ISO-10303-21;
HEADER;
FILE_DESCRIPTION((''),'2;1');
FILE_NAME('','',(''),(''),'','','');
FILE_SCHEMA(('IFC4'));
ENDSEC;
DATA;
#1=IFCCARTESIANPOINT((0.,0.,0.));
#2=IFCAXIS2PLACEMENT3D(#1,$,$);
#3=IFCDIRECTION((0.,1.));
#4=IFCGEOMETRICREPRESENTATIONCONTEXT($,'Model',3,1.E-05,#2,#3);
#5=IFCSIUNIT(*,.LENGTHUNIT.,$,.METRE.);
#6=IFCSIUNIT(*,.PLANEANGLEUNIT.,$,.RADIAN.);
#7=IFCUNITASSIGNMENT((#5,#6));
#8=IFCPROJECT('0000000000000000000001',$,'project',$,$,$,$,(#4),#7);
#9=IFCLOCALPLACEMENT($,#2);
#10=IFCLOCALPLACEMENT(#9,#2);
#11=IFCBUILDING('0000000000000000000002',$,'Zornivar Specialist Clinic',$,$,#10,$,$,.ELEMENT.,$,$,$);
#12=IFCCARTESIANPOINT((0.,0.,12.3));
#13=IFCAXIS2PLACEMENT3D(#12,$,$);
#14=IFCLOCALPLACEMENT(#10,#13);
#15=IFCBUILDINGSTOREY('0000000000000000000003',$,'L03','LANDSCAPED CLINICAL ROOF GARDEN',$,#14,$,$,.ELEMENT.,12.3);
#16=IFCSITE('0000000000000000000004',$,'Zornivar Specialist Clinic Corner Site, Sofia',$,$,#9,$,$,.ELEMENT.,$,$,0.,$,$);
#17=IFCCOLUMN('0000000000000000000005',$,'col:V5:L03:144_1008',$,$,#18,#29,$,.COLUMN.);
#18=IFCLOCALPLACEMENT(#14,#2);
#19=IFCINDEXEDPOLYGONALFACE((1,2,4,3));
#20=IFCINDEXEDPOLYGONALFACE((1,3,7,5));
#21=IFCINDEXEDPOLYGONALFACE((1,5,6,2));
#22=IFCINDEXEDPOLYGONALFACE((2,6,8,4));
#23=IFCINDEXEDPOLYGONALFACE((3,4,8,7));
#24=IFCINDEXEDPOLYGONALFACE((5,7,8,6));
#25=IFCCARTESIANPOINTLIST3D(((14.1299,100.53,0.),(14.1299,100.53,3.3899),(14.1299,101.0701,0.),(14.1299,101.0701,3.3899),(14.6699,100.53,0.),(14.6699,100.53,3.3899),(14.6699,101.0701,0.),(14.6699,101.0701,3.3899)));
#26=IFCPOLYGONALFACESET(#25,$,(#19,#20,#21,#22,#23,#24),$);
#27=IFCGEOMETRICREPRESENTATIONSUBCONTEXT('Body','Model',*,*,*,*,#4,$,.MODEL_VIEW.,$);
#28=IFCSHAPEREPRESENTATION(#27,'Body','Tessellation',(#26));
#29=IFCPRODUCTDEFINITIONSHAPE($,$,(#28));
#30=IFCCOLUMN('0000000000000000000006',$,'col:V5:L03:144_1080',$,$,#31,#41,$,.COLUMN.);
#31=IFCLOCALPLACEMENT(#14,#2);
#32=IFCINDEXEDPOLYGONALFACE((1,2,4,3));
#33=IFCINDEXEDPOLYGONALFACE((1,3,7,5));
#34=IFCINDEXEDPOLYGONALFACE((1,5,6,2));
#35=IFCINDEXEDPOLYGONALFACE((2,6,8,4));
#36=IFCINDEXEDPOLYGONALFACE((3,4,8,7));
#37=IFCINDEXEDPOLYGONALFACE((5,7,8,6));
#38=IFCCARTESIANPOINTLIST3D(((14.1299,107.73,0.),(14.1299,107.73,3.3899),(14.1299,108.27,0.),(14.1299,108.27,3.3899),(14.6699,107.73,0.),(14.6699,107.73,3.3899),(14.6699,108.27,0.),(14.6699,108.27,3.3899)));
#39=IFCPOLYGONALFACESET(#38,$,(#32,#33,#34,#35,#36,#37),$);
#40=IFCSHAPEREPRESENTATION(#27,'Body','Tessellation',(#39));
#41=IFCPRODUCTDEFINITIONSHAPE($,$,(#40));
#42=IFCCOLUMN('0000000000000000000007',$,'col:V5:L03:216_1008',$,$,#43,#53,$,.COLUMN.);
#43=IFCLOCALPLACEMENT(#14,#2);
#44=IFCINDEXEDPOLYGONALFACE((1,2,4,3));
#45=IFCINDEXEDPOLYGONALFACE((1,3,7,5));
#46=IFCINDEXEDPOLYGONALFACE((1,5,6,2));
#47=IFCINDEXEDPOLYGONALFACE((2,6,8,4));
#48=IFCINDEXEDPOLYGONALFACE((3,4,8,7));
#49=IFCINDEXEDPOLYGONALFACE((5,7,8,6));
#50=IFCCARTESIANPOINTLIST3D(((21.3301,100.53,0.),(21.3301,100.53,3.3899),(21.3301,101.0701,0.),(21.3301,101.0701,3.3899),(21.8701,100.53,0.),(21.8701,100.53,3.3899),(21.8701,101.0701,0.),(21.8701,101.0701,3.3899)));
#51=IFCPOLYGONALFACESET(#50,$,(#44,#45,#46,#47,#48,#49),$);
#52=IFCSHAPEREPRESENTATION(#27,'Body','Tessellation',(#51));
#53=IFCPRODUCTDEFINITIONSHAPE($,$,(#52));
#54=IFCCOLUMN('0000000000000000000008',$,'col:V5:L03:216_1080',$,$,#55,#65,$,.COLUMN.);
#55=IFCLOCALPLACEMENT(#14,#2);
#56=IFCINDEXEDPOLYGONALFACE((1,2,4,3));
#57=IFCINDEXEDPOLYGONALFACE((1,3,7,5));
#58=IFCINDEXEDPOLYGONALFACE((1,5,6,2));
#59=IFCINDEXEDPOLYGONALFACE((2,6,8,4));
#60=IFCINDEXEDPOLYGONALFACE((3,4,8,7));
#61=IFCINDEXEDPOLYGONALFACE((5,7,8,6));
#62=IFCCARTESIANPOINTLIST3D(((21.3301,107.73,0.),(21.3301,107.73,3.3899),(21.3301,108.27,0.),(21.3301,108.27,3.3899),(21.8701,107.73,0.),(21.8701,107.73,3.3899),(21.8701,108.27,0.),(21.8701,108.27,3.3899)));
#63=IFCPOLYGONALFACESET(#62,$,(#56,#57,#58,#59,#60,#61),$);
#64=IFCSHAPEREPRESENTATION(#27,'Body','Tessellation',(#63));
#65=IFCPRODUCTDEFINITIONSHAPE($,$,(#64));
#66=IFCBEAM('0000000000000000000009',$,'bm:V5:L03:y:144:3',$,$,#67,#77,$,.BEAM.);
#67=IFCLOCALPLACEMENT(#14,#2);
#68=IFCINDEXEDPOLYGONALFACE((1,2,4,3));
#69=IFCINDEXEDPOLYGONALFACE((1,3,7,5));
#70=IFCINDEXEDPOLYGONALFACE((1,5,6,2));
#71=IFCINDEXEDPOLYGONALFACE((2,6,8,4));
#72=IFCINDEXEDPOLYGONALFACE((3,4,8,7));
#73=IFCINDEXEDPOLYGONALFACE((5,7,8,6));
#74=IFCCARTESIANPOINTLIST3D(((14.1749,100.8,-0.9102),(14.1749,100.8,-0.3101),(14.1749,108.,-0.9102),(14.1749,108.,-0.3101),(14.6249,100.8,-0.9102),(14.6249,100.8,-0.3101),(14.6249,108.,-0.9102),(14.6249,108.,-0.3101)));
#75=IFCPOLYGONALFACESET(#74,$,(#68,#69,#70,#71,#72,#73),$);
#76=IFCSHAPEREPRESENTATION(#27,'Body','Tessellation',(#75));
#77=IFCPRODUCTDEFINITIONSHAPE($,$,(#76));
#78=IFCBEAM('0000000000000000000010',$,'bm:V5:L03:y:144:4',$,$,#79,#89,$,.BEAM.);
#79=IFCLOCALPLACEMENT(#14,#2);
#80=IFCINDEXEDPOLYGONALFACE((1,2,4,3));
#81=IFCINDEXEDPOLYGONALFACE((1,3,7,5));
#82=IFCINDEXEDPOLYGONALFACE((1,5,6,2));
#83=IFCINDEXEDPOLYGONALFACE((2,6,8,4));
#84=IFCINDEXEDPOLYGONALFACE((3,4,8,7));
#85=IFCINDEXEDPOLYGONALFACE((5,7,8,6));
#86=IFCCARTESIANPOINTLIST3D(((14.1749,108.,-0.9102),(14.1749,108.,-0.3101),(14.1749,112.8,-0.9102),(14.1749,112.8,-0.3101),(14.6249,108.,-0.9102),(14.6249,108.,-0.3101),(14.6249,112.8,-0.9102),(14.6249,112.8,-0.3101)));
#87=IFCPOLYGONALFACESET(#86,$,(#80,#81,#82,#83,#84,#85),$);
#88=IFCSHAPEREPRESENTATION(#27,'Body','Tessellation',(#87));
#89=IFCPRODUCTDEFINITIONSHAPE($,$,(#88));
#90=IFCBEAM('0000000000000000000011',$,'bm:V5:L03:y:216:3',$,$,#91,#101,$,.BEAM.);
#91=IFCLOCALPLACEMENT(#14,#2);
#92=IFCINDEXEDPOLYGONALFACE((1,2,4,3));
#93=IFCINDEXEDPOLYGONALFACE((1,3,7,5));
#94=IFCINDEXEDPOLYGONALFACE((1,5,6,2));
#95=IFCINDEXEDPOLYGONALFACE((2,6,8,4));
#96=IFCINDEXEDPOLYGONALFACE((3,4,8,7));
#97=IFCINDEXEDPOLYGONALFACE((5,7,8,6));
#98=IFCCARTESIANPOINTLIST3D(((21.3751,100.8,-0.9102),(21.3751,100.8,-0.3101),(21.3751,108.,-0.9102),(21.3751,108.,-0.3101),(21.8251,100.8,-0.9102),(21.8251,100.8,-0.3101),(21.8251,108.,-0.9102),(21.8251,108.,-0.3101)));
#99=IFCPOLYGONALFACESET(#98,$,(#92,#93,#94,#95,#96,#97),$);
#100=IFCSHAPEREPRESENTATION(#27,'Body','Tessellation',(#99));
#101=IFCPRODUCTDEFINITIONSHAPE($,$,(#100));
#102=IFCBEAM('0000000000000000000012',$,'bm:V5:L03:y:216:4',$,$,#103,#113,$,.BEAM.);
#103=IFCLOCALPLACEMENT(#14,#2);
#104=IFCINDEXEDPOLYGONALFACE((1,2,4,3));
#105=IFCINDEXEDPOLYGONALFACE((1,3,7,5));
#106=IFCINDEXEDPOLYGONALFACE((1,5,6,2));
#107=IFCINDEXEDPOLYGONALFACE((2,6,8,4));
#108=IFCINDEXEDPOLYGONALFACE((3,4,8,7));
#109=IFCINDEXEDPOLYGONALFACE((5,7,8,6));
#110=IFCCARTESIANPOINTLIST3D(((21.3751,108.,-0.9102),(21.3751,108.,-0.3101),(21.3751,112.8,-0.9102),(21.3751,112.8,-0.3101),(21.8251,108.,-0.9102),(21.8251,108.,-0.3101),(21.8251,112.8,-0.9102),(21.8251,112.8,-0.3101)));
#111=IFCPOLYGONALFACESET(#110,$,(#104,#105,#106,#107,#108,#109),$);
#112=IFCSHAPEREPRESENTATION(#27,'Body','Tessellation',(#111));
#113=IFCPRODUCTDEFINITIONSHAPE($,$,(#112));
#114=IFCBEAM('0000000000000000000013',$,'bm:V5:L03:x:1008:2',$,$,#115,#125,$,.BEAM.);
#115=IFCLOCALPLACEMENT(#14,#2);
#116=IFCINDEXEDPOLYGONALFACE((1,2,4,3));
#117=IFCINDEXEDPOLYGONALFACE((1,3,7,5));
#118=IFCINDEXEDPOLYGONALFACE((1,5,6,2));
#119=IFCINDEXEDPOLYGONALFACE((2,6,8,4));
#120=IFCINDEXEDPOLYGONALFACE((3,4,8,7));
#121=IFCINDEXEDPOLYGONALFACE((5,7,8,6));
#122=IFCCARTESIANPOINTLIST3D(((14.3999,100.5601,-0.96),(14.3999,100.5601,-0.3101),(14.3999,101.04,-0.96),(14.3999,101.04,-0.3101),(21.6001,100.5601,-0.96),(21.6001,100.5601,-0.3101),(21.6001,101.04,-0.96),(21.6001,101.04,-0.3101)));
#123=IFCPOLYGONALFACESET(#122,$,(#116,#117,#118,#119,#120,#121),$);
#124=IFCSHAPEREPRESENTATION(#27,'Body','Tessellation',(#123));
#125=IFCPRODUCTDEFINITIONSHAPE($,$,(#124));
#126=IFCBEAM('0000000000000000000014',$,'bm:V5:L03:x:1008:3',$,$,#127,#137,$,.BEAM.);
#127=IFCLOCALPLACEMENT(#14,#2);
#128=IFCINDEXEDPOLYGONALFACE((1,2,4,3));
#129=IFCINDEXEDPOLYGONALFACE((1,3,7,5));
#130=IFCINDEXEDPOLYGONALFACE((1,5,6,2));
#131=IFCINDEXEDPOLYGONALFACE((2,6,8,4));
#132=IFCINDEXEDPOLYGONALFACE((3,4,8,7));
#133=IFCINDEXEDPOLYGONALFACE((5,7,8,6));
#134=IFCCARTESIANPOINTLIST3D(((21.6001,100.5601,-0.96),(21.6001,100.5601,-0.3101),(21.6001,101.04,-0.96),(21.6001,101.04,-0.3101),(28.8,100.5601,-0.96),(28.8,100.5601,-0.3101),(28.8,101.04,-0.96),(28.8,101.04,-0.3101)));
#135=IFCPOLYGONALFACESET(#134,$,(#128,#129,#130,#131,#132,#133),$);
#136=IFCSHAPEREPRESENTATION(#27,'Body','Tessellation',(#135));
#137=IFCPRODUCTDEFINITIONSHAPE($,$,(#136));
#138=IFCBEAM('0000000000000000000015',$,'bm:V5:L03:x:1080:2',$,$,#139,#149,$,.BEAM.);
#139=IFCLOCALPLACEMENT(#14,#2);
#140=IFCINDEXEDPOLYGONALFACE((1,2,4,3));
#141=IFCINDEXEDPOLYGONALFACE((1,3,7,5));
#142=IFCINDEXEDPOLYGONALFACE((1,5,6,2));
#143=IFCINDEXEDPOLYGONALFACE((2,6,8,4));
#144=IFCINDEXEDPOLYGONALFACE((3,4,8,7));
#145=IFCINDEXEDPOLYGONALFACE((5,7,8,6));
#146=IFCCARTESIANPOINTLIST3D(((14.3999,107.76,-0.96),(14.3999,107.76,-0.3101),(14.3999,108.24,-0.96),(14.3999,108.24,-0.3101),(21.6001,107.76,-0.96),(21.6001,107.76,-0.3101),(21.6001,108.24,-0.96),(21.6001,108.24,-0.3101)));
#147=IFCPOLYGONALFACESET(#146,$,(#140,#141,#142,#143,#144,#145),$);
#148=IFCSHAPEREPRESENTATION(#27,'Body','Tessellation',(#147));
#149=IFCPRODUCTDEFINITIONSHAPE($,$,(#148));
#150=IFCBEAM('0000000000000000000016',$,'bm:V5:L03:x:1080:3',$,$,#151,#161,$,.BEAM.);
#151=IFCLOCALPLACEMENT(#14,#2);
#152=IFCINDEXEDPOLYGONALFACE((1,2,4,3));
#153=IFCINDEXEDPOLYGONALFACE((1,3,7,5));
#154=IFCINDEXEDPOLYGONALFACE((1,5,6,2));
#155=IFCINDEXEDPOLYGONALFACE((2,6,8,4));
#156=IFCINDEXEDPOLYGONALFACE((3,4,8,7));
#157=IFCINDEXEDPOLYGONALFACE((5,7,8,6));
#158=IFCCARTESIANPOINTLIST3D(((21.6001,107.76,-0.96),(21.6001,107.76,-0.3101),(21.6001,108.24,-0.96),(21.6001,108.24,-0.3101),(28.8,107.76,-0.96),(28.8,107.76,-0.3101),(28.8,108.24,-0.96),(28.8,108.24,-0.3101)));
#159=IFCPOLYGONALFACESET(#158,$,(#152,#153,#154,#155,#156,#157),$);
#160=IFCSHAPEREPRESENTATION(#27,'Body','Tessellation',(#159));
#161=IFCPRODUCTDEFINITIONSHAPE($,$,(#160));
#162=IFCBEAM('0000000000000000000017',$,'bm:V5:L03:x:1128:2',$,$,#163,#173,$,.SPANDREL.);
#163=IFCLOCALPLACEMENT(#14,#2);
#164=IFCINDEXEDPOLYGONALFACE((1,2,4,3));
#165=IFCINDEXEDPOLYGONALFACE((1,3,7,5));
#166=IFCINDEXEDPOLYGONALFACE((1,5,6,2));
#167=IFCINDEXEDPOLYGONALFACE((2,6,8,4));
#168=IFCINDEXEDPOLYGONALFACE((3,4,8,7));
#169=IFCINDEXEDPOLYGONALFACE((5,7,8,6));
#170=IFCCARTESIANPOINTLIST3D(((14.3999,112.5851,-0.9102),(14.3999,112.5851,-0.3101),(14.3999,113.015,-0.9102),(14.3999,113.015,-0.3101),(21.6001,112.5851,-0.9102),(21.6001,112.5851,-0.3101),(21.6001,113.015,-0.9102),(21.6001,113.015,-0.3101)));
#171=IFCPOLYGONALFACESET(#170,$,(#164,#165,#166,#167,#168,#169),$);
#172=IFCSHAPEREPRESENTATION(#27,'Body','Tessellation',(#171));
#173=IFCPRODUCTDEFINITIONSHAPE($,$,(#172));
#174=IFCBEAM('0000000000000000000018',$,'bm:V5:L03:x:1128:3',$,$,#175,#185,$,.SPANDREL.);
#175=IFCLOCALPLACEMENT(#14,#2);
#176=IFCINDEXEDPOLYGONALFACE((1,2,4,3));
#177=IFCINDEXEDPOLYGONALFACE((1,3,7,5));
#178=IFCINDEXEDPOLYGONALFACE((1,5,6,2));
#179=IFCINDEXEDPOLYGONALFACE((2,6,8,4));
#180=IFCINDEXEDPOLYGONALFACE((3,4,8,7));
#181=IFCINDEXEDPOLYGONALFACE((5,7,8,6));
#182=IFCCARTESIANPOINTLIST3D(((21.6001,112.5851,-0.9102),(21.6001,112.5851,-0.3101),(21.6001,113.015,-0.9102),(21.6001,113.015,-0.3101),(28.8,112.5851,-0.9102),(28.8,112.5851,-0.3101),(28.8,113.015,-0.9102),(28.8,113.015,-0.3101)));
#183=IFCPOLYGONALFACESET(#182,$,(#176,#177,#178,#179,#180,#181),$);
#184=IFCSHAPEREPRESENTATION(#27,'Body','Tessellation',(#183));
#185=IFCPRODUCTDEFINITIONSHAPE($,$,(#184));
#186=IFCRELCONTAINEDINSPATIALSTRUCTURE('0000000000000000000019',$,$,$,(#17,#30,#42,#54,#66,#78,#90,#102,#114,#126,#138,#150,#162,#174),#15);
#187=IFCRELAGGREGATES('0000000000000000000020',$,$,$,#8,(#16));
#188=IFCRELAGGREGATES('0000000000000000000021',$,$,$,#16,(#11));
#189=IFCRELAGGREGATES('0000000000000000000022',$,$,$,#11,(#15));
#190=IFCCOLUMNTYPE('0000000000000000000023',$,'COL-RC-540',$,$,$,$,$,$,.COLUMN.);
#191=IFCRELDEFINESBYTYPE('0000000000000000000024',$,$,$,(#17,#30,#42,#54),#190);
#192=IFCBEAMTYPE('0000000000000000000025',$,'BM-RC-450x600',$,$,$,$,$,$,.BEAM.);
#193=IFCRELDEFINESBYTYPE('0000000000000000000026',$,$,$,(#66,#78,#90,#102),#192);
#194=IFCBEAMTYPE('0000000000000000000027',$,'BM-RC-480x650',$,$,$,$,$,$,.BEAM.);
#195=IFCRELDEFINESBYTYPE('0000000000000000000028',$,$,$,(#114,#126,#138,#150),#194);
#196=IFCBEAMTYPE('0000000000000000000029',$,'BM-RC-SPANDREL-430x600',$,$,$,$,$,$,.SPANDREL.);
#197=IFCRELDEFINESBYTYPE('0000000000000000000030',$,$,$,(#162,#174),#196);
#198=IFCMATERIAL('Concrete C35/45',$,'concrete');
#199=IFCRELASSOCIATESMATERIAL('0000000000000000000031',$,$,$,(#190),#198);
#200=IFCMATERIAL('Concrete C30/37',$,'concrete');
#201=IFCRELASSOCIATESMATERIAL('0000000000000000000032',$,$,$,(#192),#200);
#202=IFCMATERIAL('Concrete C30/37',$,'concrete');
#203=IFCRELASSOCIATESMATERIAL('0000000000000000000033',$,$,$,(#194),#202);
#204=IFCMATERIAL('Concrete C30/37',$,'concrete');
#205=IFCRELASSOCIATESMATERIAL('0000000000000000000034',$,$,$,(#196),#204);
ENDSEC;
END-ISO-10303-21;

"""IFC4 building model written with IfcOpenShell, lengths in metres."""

from ifc_helpers import new_model, si_unit, direction, frame, origin, origin_2d, place, context, subcontext, project, spatial, rectangle, extrude, material, material_profile, profile_set, type_object, element, save


model = new_model("IFC4")

# Units and contexts
model_context = context("Model", 3, precision=1e-05, world=origin(), true_north=direction((0.0, 1.0)))
body_context = subcontext(model_context, "Body", "Model", "MODEL_VIEW")
ifc_project = project(units=[si_unit("LENGTHUNIT", "METRE"), si_unit("PLANEANGLEUNIT", "RADIAN")], contexts=[model_context])

# Site, building, storey
site_placement = place(None, origin())
site = spatial("IfcSite", under=ifc_project, at=site_placement, Name="Zornivar Specialist Clinic Corner Site, Sofia", CompositionType="ELEMENT", RefElevation=0.0)
building_placement = place(site_placement, origin())
building = spatial("IfcBuilding", under=site, at=building_placement, Name="Zornivar Specialist Clinic", CompositionType="ELEMENT")
storey_placement = place(building_placement, frame((0.0, 0.0, 12.3)))
storey = spatial("IfcBuildingStorey", under=building, at=storey_placement, Name="L03", Description="LANDSCAPED CLINICAL ROOF GARDEN", CompositionType="ELEMENT", Elevation=12.3)

# Columns
ifc_material_1 = material(Name="Concrete C35/45", Category="concrete")
ifc_material_profile_1 = material_profile(ifc_material_1, rectangle(XDim=0.54, YDim=0.54, at=origin_2d()), Name="RC 540x540")
ifc_profile_set_1 = profile_set([ifc_material_profile_1], Name="Concrete C35/45")
column_type = type_object("IfcColumnType", Name="COL-RC-540", PredefinedType="COLUMN", material=ifc_profile_set_1)
for number, where, z_axis, x_axis, name in (
    (1, (14.3999, 100.8, 0.0), (0.0, 0.0, 1.0), (1.0, 0.0, 0.0), "col:V5:L03:144_1008"),
    (2, (14.3999, 108.0, 0.0), (0.0, 0.0, 1.0), (1.0, 0.0, 0.0), "col:V5:L03:144_1080"),
    (3, (21.6001, 100.8, 0.0), (0.0, 0.0, 1.0), (1.0, 0.0, 0.0), "col:V5:L03:216_1008"),
    (4, (21.6001, 108.0, 0.0), (0.0, 0.0, 1.0), (1.0, 0.0, 0.0), "col:V5:L03:216_1080"),
):
    element("IfcColumn", number, at=place(storey_placement, frame(where, z_axis=z_axis, x_axis=x_axis)), inside=storey, type_object=column_type, Name=name, PredefinedType="COLUMN", context=body_context, shape_type="SweptSolid", body=[
        extrude(rectangle(XDim=0.54, YDim=0.54, at=origin_2d()), origin(), (0.0, 0.0, 1.0), 3.3899),
    ])

# Beams
ifc_material_2 = material(Name="Concrete C30/37", Category="concrete")
ifc_material_profile_2 = material_profile(ifc_material_2, rectangle(XDim=0.45, YDim=0.6001, at=origin_2d()), Name="RC 450x600")
ifc_profile_set_2 = profile_set([ifc_material_profile_2], Name="Concrete C30/37")
beam_type_1 = type_object("IfcBeamType", Name="BM-RC-450x600", PredefinedType="BEAM", material=ifc_profile_set_2)
beam_1_placement = place(storey_placement, frame((14.3999, 100.8, -0.6101), z_axis=(0.0, 1.0, 0.0), x_axis=(-1.0, 0.0, 0.0)))
element("IfcBeam", 5, at=beam_1_placement, inside=storey, type_object=beam_type_1, Name="bm:V5:L03:y:144:3", PredefinedType="BEAM", context=body_context, shape_type="SweptSolid", body=[
    extrude(rectangle(XDim=0.45, YDim=0.6001, at=origin_2d()), origin(), (0.0, 0.0, 1.0), 7.2),
])
beam_2_placement = place(storey_placement, frame((14.3999, 108.0, -0.6101), z_axis=(0.0, 1.0, 0.0), x_axis=(-1.0, 0.0, 0.0)))
element("IfcBeam", 6, at=beam_2_placement, inside=storey, type_object=beam_type_1, Name="bm:V5:L03:y:144:4", PredefinedType="BEAM", context=body_context, shape_type="SweptSolid", body=[
    extrude(rectangle(XDim=0.45, YDim=0.6001, at=origin_2d()), origin(), (0.0, 0.0, 1.0), 4.8),
])
beam_3_placement = place(storey_placement, frame((21.6001, 100.8, -0.6101), z_axis=(0.0, 1.0, 0.0), x_axis=(-1.0, 0.0, 0.0)))
element("IfcBeam", 7, at=beam_3_placement, inside=storey, type_object=beam_type_1, Name="bm:V5:L03:y:216:3", PredefinedType="BEAM", context=body_context, shape_type="SweptSolid", body=[
    extrude(rectangle(XDim=0.45, YDim=0.6001, at=origin_2d()), origin(), (0.0, 0.0, 1.0), 7.2),
])
beam_4_placement = place(storey_placement, frame((21.6001, 108.0, -0.6101), z_axis=(0.0, 1.0, 0.0), x_axis=(-1.0, 0.0, 0.0)))
element("IfcBeam", 8, at=beam_4_placement, inside=storey, type_object=beam_type_1, Name="bm:V5:L03:y:216:4", PredefinedType="BEAM", context=body_context, shape_type="SweptSolid", body=[
    extrude(rectangle(XDim=0.45, YDim=0.6001, at=origin_2d()), origin(), (0.0, 0.0, 1.0), 4.8),
])
ifc_material_3 = material(Name="Concrete C30/37", Category="concrete")
ifc_material_profile_3 = material_profile(ifc_material_3, rectangle(XDim=0.48, YDim=0.6499, at=origin_2d()), Name="RC 480x650")
ifc_profile_set_3 = profile_set([ifc_material_profile_3], Name="Concrete C30/37")
beam_type_2 = type_object("IfcBeamType", Name="BM-RC-480x650", PredefinedType="BEAM", material=ifc_profile_set_3)
beam_5_placement = place(storey_placement, frame((14.3999, 100.8, -0.635), z_axis=(1.0, 0.0, 0.0), x_axis=(0.0, 1.0, 0.0)))
element("IfcBeam", 9, at=beam_5_placement, inside=storey, type_object=beam_type_2, Name="bm:V5:L03:x:1008:2", PredefinedType="BEAM", context=body_context, shape_type="SweptSolid", body=[
    extrude(rectangle(XDim=0.48, YDim=0.6499, at=origin_2d()), origin(), (0.0, 0.0, 1.0), 7.2002),
])
beam_6_placement = place(storey_placement, frame((21.6001, 100.8, -0.635), z_axis=(1.0, 0.0, 0.0), x_axis=(0.0, 1.0, 0.0)))
element("IfcBeam", 10, at=beam_6_placement, inside=storey, type_object=beam_type_2, Name="bm:V5:L03:x:1008:3", PredefinedType="BEAM", context=body_context, shape_type="SweptSolid", body=[
    extrude(rectangle(XDim=0.48, YDim=0.6499, at=origin_2d()), origin(), (0.0, 0.0, 1.0), 7.2),
])
beam_7_placement = place(storey_placement, frame((14.3999, 108.0, -0.635), z_axis=(1.0, 0.0, 0.0), x_axis=(0.0, 1.0, 0.0)))
element("IfcBeam", 11, at=beam_7_placement, inside=storey, type_object=beam_type_2, Name="bm:V5:L03:x:1080:2", PredefinedType="BEAM", context=body_context, shape_type="SweptSolid", body=[
    extrude(rectangle(XDim=0.48, YDim=0.6499, at=origin_2d()), origin(), (0.0, 0.0, 1.0), 7.2002),
])
beam_8_placement = place(storey_placement, frame((21.6001, 108.0, -0.635), z_axis=(1.0, 0.0, 0.0), x_axis=(0.0, 1.0, 0.0)))
element("IfcBeam", 12, at=beam_8_placement, inside=storey, type_object=beam_type_2, Name="bm:V5:L03:x:1080:3", PredefinedType="BEAM", context=body_context, shape_type="SweptSolid", body=[
    extrude(rectangle(XDim=0.48, YDim=0.6499, at=origin_2d()), origin(), (0.0, 0.0, 1.0), 7.2),
])
ifc_material_4 = material(Name="Concrete C30/37", Category="concrete")
ifc_material_profile_4 = material_profile(ifc_material_4, rectangle(XDim=0.4299, YDim=0.6001, at=origin_2d()), Name="RC 430x600")
ifc_profile_set_4 = profile_set([ifc_material_profile_4], Name="Concrete C30/37")
beam_type_3 = type_object("IfcBeamType", Name="BM-RC-SPANDREL-430x600", PredefinedType="SPANDREL", material=ifc_profile_set_4)
beam_9_placement = place(storey_placement, frame((14.3999, 112.8, -0.6101), z_axis=(1.0, 0.0, 0.0), x_axis=(0.0, 1.0, 0.0)))
element("IfcBeam", 13, at=beam_9_placement, inside=storey, type_object=beam_type_3, Name="bm:V5:L03:x:1128:2", PredefinedType="SPANDREL", context=body_context, shape_type="SweptSolid", body=[
    extrude(rectangle(XDim=0.4299, YDim=0.6001, at=origin_2d()), origin(), (0.0, 0.0, 1.0), 7.2002),
])
beam_10_placement = place(storey_placement, frame((21.6001, 112.8, -0.6101), z_axis=(1.0, 0.0, 0.0), x_axis=(0.0, 1.0, 0.0)))
element("IfcBeam", 14, at=beam_10_placement, inside=storey, type_object=beam_type_3, Name="bm:V5:L03:x:1128:3", PredefinedType="SPANDREL", context=body_context, shape_type="SweptSolid", body=[
    extrude(rectangle(XDim=0.4299, YDim=0.6001, at=origin_2d()), origin(), (0.0, 0.0, 1.0), 7.2),
])

save(model, "model.ifc")
